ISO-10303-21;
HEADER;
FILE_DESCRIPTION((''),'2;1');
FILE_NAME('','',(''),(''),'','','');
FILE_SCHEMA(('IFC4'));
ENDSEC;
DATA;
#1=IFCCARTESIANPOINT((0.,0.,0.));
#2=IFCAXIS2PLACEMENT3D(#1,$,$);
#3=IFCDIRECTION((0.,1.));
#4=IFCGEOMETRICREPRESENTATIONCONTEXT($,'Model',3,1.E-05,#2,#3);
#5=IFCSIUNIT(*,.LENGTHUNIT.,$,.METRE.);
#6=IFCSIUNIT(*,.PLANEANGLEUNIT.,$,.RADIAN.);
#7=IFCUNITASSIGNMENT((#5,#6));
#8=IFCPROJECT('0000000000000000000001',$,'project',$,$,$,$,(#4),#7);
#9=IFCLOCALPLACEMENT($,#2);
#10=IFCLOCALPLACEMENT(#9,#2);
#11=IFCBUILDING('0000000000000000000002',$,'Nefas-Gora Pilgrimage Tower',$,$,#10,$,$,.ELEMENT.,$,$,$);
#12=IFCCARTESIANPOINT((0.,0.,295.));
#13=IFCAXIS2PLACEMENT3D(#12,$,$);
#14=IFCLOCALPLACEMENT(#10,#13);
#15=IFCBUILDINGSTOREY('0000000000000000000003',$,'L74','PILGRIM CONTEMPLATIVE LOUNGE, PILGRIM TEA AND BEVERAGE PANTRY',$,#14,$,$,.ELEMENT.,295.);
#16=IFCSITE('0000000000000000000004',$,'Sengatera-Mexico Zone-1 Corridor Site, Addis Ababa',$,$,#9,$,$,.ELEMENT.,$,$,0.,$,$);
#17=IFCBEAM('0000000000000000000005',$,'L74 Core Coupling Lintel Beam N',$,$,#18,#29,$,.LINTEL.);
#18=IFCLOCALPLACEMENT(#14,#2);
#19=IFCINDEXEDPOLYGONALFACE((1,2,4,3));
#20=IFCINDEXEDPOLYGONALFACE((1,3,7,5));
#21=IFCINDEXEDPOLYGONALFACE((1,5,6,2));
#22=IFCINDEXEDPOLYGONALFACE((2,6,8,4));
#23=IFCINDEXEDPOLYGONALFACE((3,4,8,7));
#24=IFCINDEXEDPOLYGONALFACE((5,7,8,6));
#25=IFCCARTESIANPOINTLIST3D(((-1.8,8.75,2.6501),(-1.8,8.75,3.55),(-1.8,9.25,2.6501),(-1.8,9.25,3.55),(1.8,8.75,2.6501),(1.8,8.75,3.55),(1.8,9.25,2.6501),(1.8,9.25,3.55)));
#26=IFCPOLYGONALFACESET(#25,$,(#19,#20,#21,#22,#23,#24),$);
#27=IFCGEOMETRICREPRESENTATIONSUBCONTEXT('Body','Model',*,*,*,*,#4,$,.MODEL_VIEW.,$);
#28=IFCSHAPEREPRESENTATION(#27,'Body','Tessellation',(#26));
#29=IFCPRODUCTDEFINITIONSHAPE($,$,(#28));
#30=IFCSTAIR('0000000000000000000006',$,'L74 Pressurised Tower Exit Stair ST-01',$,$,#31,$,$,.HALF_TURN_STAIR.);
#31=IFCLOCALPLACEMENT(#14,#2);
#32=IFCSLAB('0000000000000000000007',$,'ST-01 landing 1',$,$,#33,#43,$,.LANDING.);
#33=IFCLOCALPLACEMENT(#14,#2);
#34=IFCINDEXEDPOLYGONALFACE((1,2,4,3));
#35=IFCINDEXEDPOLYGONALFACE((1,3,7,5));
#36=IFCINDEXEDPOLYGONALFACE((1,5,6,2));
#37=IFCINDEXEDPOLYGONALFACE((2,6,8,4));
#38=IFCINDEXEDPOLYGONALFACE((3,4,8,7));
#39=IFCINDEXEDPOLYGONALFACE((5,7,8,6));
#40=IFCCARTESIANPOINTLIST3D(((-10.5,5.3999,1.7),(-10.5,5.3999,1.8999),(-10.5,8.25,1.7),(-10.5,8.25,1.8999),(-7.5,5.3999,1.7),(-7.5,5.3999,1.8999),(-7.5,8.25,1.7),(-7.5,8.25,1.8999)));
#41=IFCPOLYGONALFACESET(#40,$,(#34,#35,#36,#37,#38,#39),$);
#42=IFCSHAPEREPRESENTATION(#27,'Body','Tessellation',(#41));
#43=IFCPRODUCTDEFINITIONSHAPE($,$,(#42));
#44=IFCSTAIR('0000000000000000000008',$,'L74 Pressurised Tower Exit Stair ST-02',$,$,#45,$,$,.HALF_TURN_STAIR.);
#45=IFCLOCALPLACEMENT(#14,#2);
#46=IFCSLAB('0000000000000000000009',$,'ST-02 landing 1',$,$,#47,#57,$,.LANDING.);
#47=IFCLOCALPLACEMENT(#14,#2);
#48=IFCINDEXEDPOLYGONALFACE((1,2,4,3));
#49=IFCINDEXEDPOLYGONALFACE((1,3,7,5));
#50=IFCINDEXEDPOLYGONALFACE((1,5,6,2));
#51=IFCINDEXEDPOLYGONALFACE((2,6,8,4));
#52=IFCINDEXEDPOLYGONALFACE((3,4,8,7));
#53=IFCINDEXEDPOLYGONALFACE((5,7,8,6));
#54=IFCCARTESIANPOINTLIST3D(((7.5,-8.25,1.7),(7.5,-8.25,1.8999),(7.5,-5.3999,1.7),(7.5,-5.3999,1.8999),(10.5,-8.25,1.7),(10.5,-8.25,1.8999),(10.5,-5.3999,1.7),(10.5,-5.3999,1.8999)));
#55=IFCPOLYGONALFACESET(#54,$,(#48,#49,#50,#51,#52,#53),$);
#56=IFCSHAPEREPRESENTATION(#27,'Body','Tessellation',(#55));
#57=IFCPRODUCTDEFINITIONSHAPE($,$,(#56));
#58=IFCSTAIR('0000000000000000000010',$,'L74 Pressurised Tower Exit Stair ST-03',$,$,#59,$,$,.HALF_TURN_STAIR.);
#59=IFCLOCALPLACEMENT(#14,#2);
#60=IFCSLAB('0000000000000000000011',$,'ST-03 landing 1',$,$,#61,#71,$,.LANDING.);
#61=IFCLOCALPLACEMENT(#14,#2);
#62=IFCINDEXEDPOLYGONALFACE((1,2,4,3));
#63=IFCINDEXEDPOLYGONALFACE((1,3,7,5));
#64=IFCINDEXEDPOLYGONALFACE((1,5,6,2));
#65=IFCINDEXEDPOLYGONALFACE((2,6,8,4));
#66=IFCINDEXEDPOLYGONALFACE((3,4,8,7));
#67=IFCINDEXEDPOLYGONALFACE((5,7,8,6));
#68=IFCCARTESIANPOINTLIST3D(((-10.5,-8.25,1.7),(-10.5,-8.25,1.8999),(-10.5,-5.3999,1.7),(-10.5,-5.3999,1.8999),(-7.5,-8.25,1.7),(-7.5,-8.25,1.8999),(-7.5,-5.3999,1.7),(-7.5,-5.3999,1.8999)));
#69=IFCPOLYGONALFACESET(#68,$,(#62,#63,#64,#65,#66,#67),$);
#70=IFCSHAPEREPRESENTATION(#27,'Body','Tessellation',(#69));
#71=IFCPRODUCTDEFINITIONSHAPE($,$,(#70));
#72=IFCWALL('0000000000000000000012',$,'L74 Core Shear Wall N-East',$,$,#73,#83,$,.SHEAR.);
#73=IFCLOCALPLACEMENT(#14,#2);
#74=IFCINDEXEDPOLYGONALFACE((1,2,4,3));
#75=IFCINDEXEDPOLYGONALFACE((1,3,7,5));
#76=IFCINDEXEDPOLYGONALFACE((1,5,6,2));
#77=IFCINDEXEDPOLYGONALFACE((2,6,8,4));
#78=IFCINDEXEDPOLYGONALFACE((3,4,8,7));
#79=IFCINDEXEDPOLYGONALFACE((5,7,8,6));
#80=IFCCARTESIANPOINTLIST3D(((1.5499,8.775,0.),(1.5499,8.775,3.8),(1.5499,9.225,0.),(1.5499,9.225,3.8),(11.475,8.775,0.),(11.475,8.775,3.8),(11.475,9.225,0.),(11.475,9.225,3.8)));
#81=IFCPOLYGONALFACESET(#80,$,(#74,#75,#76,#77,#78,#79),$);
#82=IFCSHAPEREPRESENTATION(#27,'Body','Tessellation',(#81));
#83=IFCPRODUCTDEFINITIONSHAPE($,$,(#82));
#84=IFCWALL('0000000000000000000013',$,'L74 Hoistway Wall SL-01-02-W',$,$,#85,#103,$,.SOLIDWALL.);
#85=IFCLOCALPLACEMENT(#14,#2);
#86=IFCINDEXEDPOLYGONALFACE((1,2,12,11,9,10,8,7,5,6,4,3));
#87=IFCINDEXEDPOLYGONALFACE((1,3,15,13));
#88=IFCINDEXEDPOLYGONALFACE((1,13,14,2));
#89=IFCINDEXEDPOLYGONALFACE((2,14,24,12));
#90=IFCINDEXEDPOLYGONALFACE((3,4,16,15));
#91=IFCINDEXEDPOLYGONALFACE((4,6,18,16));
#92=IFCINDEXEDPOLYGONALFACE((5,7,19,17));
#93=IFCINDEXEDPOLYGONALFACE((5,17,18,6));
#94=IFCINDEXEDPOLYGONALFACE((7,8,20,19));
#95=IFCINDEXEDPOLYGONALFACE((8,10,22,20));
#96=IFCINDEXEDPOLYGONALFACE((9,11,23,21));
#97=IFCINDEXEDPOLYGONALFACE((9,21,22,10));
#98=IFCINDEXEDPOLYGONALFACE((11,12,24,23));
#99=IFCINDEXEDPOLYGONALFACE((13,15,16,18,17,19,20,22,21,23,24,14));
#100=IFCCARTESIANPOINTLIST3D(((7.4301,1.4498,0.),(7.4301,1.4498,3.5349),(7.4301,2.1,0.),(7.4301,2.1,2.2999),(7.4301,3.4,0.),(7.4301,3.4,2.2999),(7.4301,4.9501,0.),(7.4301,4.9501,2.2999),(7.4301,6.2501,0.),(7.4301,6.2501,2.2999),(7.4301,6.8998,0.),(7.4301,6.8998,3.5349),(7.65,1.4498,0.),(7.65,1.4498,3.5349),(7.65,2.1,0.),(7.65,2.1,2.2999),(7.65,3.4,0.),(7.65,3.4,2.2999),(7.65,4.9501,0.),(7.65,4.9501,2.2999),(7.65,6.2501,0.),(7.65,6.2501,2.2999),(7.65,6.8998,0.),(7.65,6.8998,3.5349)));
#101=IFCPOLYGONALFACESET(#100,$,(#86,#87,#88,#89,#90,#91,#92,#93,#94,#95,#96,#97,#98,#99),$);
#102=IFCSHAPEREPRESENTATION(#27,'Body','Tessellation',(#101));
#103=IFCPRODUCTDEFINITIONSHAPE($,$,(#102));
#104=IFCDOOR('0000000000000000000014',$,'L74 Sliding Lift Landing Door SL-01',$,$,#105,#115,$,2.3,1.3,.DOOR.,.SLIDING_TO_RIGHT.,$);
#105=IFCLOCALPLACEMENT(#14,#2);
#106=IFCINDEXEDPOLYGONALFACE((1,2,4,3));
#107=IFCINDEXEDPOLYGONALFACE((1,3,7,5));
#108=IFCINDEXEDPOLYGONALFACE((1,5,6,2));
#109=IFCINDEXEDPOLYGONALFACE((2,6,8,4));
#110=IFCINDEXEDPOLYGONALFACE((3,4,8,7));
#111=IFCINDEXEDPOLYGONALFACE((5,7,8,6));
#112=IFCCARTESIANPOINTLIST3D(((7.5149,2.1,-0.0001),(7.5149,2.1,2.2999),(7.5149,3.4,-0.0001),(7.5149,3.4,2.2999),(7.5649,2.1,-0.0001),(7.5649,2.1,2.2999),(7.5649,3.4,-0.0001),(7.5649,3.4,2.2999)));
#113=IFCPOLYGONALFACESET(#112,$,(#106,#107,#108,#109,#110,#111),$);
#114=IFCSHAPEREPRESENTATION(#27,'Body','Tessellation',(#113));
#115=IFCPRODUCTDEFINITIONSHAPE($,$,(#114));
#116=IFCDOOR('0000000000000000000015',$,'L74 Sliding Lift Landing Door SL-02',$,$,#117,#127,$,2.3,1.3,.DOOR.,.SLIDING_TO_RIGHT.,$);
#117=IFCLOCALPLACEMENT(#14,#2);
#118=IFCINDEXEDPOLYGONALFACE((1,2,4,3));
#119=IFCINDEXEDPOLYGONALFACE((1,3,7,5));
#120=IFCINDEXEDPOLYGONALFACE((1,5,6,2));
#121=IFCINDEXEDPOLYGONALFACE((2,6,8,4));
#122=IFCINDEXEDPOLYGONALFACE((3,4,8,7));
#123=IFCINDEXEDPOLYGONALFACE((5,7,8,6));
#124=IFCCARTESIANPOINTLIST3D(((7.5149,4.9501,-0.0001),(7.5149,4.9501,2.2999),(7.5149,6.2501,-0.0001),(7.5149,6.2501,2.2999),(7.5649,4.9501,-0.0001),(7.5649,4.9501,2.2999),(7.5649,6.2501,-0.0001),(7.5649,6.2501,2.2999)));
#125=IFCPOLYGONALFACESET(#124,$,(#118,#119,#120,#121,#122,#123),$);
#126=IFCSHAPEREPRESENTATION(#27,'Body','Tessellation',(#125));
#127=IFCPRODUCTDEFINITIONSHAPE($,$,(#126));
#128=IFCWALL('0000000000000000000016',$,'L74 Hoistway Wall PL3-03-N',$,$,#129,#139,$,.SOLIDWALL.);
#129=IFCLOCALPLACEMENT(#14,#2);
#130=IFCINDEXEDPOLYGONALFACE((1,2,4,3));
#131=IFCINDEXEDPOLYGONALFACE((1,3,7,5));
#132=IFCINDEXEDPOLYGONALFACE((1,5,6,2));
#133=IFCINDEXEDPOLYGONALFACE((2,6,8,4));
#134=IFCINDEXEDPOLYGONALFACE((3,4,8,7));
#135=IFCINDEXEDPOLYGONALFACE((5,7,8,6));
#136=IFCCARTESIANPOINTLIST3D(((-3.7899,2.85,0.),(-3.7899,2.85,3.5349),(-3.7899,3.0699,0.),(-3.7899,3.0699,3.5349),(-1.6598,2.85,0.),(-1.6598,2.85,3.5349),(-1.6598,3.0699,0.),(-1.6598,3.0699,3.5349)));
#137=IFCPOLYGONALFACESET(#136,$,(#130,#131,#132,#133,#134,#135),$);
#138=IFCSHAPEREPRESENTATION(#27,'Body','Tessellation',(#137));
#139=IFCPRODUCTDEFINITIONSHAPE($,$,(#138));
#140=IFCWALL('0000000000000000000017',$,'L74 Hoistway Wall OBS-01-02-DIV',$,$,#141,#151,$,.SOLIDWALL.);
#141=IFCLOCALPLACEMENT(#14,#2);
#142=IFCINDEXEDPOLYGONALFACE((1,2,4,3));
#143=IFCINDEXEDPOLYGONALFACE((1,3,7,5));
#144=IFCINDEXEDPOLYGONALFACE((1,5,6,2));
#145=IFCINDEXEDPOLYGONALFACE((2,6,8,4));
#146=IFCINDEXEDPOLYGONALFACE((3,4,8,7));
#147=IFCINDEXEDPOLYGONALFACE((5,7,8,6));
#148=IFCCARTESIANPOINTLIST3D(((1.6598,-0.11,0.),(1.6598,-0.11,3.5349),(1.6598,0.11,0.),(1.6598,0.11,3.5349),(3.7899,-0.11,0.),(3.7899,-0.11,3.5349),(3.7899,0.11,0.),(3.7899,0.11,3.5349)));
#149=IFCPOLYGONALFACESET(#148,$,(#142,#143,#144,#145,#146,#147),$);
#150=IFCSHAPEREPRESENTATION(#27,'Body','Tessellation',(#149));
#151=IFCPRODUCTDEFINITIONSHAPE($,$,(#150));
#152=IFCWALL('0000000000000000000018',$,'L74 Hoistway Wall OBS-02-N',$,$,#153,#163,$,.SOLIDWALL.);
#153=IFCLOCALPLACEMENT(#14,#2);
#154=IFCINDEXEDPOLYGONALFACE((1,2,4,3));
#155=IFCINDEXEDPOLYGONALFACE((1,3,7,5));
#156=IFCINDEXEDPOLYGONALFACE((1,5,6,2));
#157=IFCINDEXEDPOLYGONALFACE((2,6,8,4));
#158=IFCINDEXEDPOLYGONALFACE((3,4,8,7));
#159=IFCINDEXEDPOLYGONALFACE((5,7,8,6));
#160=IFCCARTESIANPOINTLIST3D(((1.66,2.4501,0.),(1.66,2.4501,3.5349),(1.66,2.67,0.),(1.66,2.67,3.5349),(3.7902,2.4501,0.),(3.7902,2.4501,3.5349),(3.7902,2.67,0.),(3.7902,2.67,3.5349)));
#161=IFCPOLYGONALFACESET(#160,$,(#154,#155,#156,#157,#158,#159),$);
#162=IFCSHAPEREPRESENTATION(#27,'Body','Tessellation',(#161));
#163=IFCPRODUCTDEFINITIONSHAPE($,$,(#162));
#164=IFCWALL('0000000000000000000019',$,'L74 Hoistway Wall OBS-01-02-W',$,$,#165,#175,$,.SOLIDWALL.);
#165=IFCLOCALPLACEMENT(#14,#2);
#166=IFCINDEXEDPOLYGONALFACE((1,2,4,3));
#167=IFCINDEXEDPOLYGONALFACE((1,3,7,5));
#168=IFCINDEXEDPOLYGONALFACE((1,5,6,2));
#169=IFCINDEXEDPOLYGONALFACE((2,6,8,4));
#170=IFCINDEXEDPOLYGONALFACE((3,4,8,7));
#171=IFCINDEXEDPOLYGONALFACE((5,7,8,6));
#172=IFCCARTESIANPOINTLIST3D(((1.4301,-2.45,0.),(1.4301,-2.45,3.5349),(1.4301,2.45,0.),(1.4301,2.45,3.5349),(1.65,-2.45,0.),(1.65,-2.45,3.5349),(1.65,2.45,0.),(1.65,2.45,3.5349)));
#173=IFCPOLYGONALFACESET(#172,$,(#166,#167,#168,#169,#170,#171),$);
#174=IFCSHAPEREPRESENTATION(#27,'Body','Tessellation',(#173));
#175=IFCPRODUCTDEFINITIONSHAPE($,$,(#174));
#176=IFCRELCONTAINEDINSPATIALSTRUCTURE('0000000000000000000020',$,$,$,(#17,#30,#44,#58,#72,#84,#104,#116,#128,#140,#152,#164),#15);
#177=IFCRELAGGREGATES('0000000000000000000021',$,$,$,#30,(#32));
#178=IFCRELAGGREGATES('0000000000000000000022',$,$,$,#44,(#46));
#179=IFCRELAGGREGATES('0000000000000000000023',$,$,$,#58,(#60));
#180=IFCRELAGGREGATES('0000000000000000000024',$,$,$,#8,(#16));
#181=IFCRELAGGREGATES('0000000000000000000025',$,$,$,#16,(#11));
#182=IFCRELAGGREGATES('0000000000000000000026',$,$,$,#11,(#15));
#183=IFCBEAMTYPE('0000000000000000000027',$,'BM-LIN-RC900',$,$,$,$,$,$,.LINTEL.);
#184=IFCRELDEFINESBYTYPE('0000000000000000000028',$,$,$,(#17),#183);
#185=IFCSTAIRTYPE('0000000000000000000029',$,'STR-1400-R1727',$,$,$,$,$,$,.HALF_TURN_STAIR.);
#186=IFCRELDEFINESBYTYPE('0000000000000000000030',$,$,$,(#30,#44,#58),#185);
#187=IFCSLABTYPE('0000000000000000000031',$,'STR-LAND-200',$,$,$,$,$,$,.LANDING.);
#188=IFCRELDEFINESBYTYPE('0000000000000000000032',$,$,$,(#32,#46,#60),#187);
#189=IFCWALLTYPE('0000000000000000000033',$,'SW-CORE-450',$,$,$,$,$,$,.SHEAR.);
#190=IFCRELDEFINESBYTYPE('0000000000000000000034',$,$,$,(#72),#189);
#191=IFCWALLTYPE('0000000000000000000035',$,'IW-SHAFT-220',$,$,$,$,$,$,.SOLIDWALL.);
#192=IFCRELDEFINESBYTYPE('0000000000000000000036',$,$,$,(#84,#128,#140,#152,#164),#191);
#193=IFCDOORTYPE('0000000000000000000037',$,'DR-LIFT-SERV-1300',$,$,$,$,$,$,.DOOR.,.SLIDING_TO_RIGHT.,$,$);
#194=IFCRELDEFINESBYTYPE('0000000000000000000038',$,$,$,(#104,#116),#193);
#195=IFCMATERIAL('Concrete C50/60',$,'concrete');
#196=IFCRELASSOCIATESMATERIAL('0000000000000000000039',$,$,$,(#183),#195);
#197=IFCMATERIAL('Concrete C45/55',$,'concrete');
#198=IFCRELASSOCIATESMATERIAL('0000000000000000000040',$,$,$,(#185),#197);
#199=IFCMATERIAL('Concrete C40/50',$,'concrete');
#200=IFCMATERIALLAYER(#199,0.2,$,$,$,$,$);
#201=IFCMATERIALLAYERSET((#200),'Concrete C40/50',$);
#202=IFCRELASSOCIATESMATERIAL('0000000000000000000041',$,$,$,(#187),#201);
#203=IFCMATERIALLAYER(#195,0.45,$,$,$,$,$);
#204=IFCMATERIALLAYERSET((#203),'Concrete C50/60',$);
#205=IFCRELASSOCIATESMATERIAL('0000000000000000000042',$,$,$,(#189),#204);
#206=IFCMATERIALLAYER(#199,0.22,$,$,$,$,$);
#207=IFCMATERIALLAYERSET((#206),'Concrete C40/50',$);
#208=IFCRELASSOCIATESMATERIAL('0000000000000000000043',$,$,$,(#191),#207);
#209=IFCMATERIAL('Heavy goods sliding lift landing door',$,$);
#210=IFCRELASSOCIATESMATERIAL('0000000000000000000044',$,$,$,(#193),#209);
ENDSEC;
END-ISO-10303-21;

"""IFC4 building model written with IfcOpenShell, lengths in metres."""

from ifc_helpers import new_model, si_unit, direction, frame, frame_2d, origin, origin_2d, place, context, subcontext, project, spatial, polyline, rectangle, outline, extrude, source, transform, mapped, material, layer, layer_set, material_profile, profile_set, type_object, element, fill, aggregate, save


model = new_model("IFC4")

# Units and contexts
model_context = context("Model", 3, precision=1e-05, world=origin(), true_north=direction((0.0, 1.0)))
body_context = subcontext(model_context, "Body", "Model", "MODEL_VIEW")
ifc_project = project(units=[si_unit("LENGTHUNIT", "METRE"), si_unit("PLANEANGLEUNIT", "RADIAN")], contexts=[model_context])

# Site, building, storey
site_placement = place(None, origin())
site = spatial("IfcSite", under=ifc_project, at=site_placement, Name="Sengatera-Mexico Zone-1 Corridor Site, Addis Ababa", CompositionType="ELEMENT", RefElevation=0.0)
building_placement = place(site_placement, origin())
building = spatial("IfcBuilding", under=site, at=building_placement, Name="Nefas-Gora Pilgrimage Tower", CompositionType="ELEMENT")
storey_placement = place(building_placement, frame((0.0, 0.0, 295.0)))
storey = spatial("IfcBuildingStorey", under=building, at=storey_placement, Name="L74", Description="PILGRIM CONTEMPLATIVE LOUNGE, PILGRIM TEA AND BEVERAGE PANTRY", CompositionType="ELEMENT", Elevation=295.0)

# Beam
ifc_material_1 = material(Name="Concrete C50/60", Category="concrete")
ifc_material_profile = material_profile(ifc_material_1, rectangle(XDim=0.5, YDim=0.8999, at=origin_2d()), Name="RC 500x900")
ifc_profile_set = profile_set([ifc_material_profile], Name="Concrete C50/60")
beam_type = type_object("IfcBeamType", Name="BM-LIN-RC900", PredefinedType="LINTEL", material=ifc_profile_set)
shared_shape_1 = source(origin(), body_context, "Body", "SweptSolid", [
    extrude(rectangle(XDim=0.5, YDim=0.8999, at=origin_2d()), origin(), (0.0, 0.0, 1.0), 3.6001),
])
beam_placement = place(storey_placement, frame((-1.8, 9.0, 3.1001), z_axis=(1.0, 0.0, 0.0), x_axis=(0.0, 1.0, 0.0)))
element("IfcBeam", 1, at=beam_placement, inside=storey, type_object=beam_type, Name="L74 Core Coupling Lintel Beam N", PredefinedType="LINTEL", context=body_context, shape_type="MappedRepresentation", body=[
    mapped(shared_shape_1, transform((0.0, 0.0, 0.0), x_axis=(1.0, 0.0, 0.0), y_axis=(0.0, 1.0, 0.0), z_axis=(0.0, 0.0, 1.0), scale=1.0)),
])

# Stairs, slabs
ifc_material_2 = material(Name="Concrete C45/55", Category="concrete")
stair_type = type_object("IfcStairType", Name="STR-1400-R1727", PredefinedType="HALF_TURN_STAIR", material=ifc_material_2)
stair_1_placement = place(storey_placement, origin())
stair_1 = element("IfcStair", 2, at=stair_1_placement, inside=storey, type_object=stair_type, Name="L74 Pressurised Tower Exit Stair ST-01", PredefinedType="HALF_TURN_STAIR")
ifc_material_3 = material(Name="Concrete C40/50", Category="concrete")
ifc_layer_1 = layer(ifc_material_3, 0.2)
ifc_layer_set_1 = layer_set([ifc_layer_1], Name="Concrete C40/50")
slab_type = type_object("IfcSlabType", Name="STR-LAND-200", PredefinedType="LANDING", material=ifc_layer_set_1)
slab_1_placement = place(storey_placement, frame((0.0, 0.0, 1.7)))
slab_1 = element("IfcSlab", 3, at=slab_1_placement, type_object=slab_type, Name="ST-01 landing 1", PredefinedType="LANDING", context=body_context, shape_type="SweptSolid", body=[
    extrude(outline(polyline([(-7.5, 5.3999), (-7.5, 8.25), (-10.5, 8.25), (-10.5, 5.3999), (-7.5, 5.3999)])), origin(), (0.0, 0.0, 1.0), 0.2),
])
aggregate(stair_1, [slab_1])
stair_2_placement = place(storey_placement, origin())
stair_2 = element("IfcStair", 4, at=stair_2_placement, inside=storey, type_object=stair_type, Name="L74 Pressurised Tower Exit Stair ST-02", PredefinedType="HALF_TURN_STAIR")
slab_2_placement = place(storey_placement, frame((0.0, 0.0, 1.7)))
slab_2 = element("IfcSlab", 5, at=slab_2_placement, type_object=slab_type, Name="ST-02 landing 1", PredefinedType="LANDING", context=body_context, shape_type="SweptSolid", body=[
    extrude(outline(polyline([(7.5, -5.3999), (7.5, -8.25), (10.5, -8.25), (10.5, -5.3999), (7.5, -5.3999)])), origin(), (0.0, 0.0, 1.0), 0.2),
])
aggregate(stair_2, [slab_2])
stair_3_placement = place(storey_placement, origin())
stair_3 = element("IfcStair", 6, at=stair_3_placement, inside=storey, type_object=stair_type, Name="L74 Pressurised Tower Exit Stair ST-03", PredefinedType="HALF_TURN_STAIR")
slab_3_placement = place(storey_placement, frame((0.0, 0.0, 1.7)))
slab_3 = element("IfcSlab", 7, at=slab_3_placement, type_object=slab_type, Name="ST-03 landing 1", PredefinedType="LANDING", context=body_context, shape_type="SweptSolid", body=[
    extrude(outline(polyline([(-10.5, -5.3999), (-10.5, -8.25), (-7.5, -8.25), (-7.5, -5.3999), (-10.5, -5.3999)])), origin(), (0.0, 0.0, 1.0), 0.2),
])
aggregate(stair_3, [slab_3])

# Wall
ifc_layer_2 = layer(ifc_material_1, 0.45)
ifc_layer_set_2 = layer_set([ifc_layer_2], Name="Concrete C50/60")
wall_type_1 = type_object("IfcWallType", Name="SW-CORE-450", PredefinedType="SHEAR", material=ifc_layer_set_2)
shared_shape_2 = source(origin(), body_context, "Body", "SweptSolid", [
    extrude(rectangle(XDim=9.925, YDim=0.45, at=frame_2d((4.9624, 0.0))), origin(), (0.0, 0.0, 1.0), 3.8),
])
wall_1_placement = place(storey_placement, frame((1.55, 9.0, 0.0), z_axis=(0.0, 0.0, 1.0), x_axis=(1.0, 0.0, 0.0)))
element("IfcWall", 8, at=wall_1_placement, inside=storey, type_object=wall_type_1, Name="L74 Core Shear Wall N-East", PredefinedType="SHEAR", context=body_context, shape_type="MappedRepresentation", body=[
    mapped(shared_shape_2, transform((0.0, 0.0, 0.0), x_axis=(1.0, 0.0, 0.0), y_axis=(0.0, 1.0, 0.0), z_axis=(0.0, 0.0, 1.0), scale=1.0)),
])

# Wall, openings, doors
ifc_layer_3 = layer(ifc_material_3, 0.22)
ifc_layer_set_3 = layer_set([ifc_layer_3], Name="Concrete C40/50")
wall_type_2 = type_object("IfcWallType", Name="IW-SHAFT-220", PredefinedType="SOLIDWALL", material=ifc_layer_set_3)
shared_shape_3 = source(origin(), body_context, "Body", "SweptSolid", [
    extrude(rectangle(XDim=5.45, YDim=0.22, at=frame_2d((2.7251, 0.0))), origin(), (0.0, 0.0, 1.0), 3.5349),
])
wall_2_placement = place(storey_placement, frame((7.54, 6.8999, 0.0), z_axis=(0.0, 0.0, 1.0), x_axis=(0.0, -1.0, 0.0)))
wall_2 = element("IfcWall", 9, at=wall_2_placement, inside=storey, type_object=wall_type_2, Name="L74 Hoistway Wall SL-01-02-W", PredefinedType="SOLIDWALL", context=body_context, shape_type="MappedRepresentation", body=[
    mapped(shared_shape_3, transform((0.0, 0.0, 0.0), x_axis=(1.0, 0.0, 0.0), y_axis=(0.0, 1.0, 0.0), z_axis=(0.0, 0.0, 1.0), scale=1.0)),
])
opening_1_placement = place(wall_2_placement, frame((3.5, 0.0, 0.0)))
opening_1 = element("IfcOpeningElement", 10, at=opening_1_placement, cuts=wall_2, PredefinedType="OPENING", context=body_context, shape_type="SweptSolid", body=[
    extrude(rectangle(XDim=1.3, YDim=2.3, at=frame_2d((0.6499, 1.1499))), frame((0.0, 0.1199, 0.0), z_axis=(0.0, -1.0, 0.0), x_axis=(1.0, 0.0, 0.0)), (0.0, 0.0, 1.0), 0.24),
])
opening_2_placement = place(wall_2_placement, frame((0.6499, 0.0, 0.0)))
opening_2 = element("IfcOpeningElement", 11, at=opening_2_placement, cuts=wall_2, PredefinedType="OPENING", context=body_context, shape_type="SweptSolid", body=[
    extrude(rectangle(XDim=1.3, YDim=2.3, at=frame_2d((0.6499, 1.1499))), frame((0.0, 0.1199, 0.0), z_axis=(0.0, -1.0, 0.0), x_axis=(1.0, 0.0, 0.0)), (0.0, 0.0, 1.0), 0.24),
])
ifc_material_4 = material(Name="Heavy goods sliding lift landing door")
door_type_1 = type_object("IfcDoorType", Name="DR-LIFT-SERV-1300", OperationType="SLIDING_TO_RIGHT", PredefinedType="DOOR", material=ifc_material_4)
shared_shape_4 = source(origin(), body_context, "Body", "SweptSolid", [
    extrude(rectangle(XDim=1.3, YDim=2.3, at=frame_2d((0.6499, 1.1499))), frame((0.0, 0.0249, 0.0), z_axis=(0.0, -1.0, 0.0), x_axis=(1.0, 0.0, 0.0)), (0.0, 0.0, 1.0), 0.05),
])
door_1_placement = place(opening_1_placement, origin())
door_1 = element("IfcDoor", 12, at=door_1_placement, inside=storey, type_object=door_type_1, Name="L74 Sliding Lift Landing Door SL-01", OperationType="SLIDING_TO_RIGHT", OverallHeight=2.3, OverallWidth=1.3, PredefinedType="DOOR", context=body_context, shape_type="MappedRepresentation", body=[
    mapped(shared_shape_4, transform((0.0, 0.0, 0.0), x_axis=(1.0, 0.0, 0.0), y_axis=(0.0, 1.0, 0.0), z_axis=(0.0, 0.0, 1.0), scale=1.0)),
])
fill(opening_1, door_1)
door_2_placement = place(opening_2_placement, origin())
door_2 = element("IfcDoor", 13, at=door_2_placement, inside=storey, type_object=door_type_1, Name="L74 Sliding Lift Landing Door SL-02", OperationType="SLIDING_TO_RIGHT", OverallHeight=2.3, OverallWidth=1.3, PredefinedType="DOOR", context=body_context, shape_type="MappedRepresentation", body=[
    mapped(shared_shape_4, transform((0.0, 0.0, 0.0), x_axis=(1.0, 0.0, 0.0), y_axis=(0.0, 1.0, 0.0), z_axis=(0.0, 0.0, 1.0), scale=1.0)),
])
fill(opening_2, door_2)

# Walls
shared_shape_5 = source(origin(), body_context, "Body", "SweptSolid", [
    extrude(rectangle(XDim=2.1301, YDim=0.22, at=frame_2d((1.0649, 0.0))), origin(), (0.0, 0.0, 1.0), 3.5349),
])
for number, where, z_axis, x_axis, name in (
    (14, (-1.6599, 2.96, 0.0), (0.0, 0.0, 1.0), (-1.0, 0.0, 0.0), "L74 Hoistway Wall PL3-03-N"),
    (15, (1.6599, 0.0, 0.0), (0.0, 0.0, 1.0), (1.0, 0.0, 0.0), "L74 Hoistway Wall OBS-01-02-DIV"),
    (16, (3.79, 2.5601, 0.0), (0.0, 0.0, 1.0), (-1.0, 0.0, 0.0), "L74 Hoistway Wall OBS-02-N"),
):
    element("IfcWall", number, at=place(storey_placement, frame(where, z_axis=z_axis, x_axis=x_axis)), inside=storey, type_object=wall_type_2, Name=name, PredefinedType="SOLIDWALL", context=body_context, shape_type="MappedRepresentation", body=[
        mapped(shared_shape_5, transform((0.0, 0.0, 0.0), x_axis=(1.0, 0.0, 0.0), y_axis=(0.0, 1.0, 0.0), z_axis=(0.0, 0.0, 1.0), scale=1.0)),
    ])
shared_shape_6 = source(origin(), body_context, "Body", "SweptSolid", [
    extrude(rectangle(XDim=4.8999, YDim=0.22, at=frame_2d((2.45, 0.0))), origin(), (0.0, 0.0, 1.0), 3.5349),
])
wall_3_placement = place(storey_placement, frame((1.54, 2.45, 0.0), z_axis=(0.0, 0.0, 1.0), x_axis=(0.0, -1.0, 0.0)))
element("IfcWall", 17, at=wall_3_placement, inside=storey, type_object=wall_type_2, Name="L74 Hoistway Wall OBS-01-02-W", PredefinedType="SOLIDWALL", context=body_context, shape_type="MappedRepresentation", body=[
    mapped(shared_shape_6, transform((0.0, 0.0, 0.0), x_axis=(1.0, 0.0, 0.0), y_axis=(0.0, 1.0, 0.0), z_axis=(0.0, 0.0, 1.0), scale=1.0)),
])

save(model, "model.ifc")
